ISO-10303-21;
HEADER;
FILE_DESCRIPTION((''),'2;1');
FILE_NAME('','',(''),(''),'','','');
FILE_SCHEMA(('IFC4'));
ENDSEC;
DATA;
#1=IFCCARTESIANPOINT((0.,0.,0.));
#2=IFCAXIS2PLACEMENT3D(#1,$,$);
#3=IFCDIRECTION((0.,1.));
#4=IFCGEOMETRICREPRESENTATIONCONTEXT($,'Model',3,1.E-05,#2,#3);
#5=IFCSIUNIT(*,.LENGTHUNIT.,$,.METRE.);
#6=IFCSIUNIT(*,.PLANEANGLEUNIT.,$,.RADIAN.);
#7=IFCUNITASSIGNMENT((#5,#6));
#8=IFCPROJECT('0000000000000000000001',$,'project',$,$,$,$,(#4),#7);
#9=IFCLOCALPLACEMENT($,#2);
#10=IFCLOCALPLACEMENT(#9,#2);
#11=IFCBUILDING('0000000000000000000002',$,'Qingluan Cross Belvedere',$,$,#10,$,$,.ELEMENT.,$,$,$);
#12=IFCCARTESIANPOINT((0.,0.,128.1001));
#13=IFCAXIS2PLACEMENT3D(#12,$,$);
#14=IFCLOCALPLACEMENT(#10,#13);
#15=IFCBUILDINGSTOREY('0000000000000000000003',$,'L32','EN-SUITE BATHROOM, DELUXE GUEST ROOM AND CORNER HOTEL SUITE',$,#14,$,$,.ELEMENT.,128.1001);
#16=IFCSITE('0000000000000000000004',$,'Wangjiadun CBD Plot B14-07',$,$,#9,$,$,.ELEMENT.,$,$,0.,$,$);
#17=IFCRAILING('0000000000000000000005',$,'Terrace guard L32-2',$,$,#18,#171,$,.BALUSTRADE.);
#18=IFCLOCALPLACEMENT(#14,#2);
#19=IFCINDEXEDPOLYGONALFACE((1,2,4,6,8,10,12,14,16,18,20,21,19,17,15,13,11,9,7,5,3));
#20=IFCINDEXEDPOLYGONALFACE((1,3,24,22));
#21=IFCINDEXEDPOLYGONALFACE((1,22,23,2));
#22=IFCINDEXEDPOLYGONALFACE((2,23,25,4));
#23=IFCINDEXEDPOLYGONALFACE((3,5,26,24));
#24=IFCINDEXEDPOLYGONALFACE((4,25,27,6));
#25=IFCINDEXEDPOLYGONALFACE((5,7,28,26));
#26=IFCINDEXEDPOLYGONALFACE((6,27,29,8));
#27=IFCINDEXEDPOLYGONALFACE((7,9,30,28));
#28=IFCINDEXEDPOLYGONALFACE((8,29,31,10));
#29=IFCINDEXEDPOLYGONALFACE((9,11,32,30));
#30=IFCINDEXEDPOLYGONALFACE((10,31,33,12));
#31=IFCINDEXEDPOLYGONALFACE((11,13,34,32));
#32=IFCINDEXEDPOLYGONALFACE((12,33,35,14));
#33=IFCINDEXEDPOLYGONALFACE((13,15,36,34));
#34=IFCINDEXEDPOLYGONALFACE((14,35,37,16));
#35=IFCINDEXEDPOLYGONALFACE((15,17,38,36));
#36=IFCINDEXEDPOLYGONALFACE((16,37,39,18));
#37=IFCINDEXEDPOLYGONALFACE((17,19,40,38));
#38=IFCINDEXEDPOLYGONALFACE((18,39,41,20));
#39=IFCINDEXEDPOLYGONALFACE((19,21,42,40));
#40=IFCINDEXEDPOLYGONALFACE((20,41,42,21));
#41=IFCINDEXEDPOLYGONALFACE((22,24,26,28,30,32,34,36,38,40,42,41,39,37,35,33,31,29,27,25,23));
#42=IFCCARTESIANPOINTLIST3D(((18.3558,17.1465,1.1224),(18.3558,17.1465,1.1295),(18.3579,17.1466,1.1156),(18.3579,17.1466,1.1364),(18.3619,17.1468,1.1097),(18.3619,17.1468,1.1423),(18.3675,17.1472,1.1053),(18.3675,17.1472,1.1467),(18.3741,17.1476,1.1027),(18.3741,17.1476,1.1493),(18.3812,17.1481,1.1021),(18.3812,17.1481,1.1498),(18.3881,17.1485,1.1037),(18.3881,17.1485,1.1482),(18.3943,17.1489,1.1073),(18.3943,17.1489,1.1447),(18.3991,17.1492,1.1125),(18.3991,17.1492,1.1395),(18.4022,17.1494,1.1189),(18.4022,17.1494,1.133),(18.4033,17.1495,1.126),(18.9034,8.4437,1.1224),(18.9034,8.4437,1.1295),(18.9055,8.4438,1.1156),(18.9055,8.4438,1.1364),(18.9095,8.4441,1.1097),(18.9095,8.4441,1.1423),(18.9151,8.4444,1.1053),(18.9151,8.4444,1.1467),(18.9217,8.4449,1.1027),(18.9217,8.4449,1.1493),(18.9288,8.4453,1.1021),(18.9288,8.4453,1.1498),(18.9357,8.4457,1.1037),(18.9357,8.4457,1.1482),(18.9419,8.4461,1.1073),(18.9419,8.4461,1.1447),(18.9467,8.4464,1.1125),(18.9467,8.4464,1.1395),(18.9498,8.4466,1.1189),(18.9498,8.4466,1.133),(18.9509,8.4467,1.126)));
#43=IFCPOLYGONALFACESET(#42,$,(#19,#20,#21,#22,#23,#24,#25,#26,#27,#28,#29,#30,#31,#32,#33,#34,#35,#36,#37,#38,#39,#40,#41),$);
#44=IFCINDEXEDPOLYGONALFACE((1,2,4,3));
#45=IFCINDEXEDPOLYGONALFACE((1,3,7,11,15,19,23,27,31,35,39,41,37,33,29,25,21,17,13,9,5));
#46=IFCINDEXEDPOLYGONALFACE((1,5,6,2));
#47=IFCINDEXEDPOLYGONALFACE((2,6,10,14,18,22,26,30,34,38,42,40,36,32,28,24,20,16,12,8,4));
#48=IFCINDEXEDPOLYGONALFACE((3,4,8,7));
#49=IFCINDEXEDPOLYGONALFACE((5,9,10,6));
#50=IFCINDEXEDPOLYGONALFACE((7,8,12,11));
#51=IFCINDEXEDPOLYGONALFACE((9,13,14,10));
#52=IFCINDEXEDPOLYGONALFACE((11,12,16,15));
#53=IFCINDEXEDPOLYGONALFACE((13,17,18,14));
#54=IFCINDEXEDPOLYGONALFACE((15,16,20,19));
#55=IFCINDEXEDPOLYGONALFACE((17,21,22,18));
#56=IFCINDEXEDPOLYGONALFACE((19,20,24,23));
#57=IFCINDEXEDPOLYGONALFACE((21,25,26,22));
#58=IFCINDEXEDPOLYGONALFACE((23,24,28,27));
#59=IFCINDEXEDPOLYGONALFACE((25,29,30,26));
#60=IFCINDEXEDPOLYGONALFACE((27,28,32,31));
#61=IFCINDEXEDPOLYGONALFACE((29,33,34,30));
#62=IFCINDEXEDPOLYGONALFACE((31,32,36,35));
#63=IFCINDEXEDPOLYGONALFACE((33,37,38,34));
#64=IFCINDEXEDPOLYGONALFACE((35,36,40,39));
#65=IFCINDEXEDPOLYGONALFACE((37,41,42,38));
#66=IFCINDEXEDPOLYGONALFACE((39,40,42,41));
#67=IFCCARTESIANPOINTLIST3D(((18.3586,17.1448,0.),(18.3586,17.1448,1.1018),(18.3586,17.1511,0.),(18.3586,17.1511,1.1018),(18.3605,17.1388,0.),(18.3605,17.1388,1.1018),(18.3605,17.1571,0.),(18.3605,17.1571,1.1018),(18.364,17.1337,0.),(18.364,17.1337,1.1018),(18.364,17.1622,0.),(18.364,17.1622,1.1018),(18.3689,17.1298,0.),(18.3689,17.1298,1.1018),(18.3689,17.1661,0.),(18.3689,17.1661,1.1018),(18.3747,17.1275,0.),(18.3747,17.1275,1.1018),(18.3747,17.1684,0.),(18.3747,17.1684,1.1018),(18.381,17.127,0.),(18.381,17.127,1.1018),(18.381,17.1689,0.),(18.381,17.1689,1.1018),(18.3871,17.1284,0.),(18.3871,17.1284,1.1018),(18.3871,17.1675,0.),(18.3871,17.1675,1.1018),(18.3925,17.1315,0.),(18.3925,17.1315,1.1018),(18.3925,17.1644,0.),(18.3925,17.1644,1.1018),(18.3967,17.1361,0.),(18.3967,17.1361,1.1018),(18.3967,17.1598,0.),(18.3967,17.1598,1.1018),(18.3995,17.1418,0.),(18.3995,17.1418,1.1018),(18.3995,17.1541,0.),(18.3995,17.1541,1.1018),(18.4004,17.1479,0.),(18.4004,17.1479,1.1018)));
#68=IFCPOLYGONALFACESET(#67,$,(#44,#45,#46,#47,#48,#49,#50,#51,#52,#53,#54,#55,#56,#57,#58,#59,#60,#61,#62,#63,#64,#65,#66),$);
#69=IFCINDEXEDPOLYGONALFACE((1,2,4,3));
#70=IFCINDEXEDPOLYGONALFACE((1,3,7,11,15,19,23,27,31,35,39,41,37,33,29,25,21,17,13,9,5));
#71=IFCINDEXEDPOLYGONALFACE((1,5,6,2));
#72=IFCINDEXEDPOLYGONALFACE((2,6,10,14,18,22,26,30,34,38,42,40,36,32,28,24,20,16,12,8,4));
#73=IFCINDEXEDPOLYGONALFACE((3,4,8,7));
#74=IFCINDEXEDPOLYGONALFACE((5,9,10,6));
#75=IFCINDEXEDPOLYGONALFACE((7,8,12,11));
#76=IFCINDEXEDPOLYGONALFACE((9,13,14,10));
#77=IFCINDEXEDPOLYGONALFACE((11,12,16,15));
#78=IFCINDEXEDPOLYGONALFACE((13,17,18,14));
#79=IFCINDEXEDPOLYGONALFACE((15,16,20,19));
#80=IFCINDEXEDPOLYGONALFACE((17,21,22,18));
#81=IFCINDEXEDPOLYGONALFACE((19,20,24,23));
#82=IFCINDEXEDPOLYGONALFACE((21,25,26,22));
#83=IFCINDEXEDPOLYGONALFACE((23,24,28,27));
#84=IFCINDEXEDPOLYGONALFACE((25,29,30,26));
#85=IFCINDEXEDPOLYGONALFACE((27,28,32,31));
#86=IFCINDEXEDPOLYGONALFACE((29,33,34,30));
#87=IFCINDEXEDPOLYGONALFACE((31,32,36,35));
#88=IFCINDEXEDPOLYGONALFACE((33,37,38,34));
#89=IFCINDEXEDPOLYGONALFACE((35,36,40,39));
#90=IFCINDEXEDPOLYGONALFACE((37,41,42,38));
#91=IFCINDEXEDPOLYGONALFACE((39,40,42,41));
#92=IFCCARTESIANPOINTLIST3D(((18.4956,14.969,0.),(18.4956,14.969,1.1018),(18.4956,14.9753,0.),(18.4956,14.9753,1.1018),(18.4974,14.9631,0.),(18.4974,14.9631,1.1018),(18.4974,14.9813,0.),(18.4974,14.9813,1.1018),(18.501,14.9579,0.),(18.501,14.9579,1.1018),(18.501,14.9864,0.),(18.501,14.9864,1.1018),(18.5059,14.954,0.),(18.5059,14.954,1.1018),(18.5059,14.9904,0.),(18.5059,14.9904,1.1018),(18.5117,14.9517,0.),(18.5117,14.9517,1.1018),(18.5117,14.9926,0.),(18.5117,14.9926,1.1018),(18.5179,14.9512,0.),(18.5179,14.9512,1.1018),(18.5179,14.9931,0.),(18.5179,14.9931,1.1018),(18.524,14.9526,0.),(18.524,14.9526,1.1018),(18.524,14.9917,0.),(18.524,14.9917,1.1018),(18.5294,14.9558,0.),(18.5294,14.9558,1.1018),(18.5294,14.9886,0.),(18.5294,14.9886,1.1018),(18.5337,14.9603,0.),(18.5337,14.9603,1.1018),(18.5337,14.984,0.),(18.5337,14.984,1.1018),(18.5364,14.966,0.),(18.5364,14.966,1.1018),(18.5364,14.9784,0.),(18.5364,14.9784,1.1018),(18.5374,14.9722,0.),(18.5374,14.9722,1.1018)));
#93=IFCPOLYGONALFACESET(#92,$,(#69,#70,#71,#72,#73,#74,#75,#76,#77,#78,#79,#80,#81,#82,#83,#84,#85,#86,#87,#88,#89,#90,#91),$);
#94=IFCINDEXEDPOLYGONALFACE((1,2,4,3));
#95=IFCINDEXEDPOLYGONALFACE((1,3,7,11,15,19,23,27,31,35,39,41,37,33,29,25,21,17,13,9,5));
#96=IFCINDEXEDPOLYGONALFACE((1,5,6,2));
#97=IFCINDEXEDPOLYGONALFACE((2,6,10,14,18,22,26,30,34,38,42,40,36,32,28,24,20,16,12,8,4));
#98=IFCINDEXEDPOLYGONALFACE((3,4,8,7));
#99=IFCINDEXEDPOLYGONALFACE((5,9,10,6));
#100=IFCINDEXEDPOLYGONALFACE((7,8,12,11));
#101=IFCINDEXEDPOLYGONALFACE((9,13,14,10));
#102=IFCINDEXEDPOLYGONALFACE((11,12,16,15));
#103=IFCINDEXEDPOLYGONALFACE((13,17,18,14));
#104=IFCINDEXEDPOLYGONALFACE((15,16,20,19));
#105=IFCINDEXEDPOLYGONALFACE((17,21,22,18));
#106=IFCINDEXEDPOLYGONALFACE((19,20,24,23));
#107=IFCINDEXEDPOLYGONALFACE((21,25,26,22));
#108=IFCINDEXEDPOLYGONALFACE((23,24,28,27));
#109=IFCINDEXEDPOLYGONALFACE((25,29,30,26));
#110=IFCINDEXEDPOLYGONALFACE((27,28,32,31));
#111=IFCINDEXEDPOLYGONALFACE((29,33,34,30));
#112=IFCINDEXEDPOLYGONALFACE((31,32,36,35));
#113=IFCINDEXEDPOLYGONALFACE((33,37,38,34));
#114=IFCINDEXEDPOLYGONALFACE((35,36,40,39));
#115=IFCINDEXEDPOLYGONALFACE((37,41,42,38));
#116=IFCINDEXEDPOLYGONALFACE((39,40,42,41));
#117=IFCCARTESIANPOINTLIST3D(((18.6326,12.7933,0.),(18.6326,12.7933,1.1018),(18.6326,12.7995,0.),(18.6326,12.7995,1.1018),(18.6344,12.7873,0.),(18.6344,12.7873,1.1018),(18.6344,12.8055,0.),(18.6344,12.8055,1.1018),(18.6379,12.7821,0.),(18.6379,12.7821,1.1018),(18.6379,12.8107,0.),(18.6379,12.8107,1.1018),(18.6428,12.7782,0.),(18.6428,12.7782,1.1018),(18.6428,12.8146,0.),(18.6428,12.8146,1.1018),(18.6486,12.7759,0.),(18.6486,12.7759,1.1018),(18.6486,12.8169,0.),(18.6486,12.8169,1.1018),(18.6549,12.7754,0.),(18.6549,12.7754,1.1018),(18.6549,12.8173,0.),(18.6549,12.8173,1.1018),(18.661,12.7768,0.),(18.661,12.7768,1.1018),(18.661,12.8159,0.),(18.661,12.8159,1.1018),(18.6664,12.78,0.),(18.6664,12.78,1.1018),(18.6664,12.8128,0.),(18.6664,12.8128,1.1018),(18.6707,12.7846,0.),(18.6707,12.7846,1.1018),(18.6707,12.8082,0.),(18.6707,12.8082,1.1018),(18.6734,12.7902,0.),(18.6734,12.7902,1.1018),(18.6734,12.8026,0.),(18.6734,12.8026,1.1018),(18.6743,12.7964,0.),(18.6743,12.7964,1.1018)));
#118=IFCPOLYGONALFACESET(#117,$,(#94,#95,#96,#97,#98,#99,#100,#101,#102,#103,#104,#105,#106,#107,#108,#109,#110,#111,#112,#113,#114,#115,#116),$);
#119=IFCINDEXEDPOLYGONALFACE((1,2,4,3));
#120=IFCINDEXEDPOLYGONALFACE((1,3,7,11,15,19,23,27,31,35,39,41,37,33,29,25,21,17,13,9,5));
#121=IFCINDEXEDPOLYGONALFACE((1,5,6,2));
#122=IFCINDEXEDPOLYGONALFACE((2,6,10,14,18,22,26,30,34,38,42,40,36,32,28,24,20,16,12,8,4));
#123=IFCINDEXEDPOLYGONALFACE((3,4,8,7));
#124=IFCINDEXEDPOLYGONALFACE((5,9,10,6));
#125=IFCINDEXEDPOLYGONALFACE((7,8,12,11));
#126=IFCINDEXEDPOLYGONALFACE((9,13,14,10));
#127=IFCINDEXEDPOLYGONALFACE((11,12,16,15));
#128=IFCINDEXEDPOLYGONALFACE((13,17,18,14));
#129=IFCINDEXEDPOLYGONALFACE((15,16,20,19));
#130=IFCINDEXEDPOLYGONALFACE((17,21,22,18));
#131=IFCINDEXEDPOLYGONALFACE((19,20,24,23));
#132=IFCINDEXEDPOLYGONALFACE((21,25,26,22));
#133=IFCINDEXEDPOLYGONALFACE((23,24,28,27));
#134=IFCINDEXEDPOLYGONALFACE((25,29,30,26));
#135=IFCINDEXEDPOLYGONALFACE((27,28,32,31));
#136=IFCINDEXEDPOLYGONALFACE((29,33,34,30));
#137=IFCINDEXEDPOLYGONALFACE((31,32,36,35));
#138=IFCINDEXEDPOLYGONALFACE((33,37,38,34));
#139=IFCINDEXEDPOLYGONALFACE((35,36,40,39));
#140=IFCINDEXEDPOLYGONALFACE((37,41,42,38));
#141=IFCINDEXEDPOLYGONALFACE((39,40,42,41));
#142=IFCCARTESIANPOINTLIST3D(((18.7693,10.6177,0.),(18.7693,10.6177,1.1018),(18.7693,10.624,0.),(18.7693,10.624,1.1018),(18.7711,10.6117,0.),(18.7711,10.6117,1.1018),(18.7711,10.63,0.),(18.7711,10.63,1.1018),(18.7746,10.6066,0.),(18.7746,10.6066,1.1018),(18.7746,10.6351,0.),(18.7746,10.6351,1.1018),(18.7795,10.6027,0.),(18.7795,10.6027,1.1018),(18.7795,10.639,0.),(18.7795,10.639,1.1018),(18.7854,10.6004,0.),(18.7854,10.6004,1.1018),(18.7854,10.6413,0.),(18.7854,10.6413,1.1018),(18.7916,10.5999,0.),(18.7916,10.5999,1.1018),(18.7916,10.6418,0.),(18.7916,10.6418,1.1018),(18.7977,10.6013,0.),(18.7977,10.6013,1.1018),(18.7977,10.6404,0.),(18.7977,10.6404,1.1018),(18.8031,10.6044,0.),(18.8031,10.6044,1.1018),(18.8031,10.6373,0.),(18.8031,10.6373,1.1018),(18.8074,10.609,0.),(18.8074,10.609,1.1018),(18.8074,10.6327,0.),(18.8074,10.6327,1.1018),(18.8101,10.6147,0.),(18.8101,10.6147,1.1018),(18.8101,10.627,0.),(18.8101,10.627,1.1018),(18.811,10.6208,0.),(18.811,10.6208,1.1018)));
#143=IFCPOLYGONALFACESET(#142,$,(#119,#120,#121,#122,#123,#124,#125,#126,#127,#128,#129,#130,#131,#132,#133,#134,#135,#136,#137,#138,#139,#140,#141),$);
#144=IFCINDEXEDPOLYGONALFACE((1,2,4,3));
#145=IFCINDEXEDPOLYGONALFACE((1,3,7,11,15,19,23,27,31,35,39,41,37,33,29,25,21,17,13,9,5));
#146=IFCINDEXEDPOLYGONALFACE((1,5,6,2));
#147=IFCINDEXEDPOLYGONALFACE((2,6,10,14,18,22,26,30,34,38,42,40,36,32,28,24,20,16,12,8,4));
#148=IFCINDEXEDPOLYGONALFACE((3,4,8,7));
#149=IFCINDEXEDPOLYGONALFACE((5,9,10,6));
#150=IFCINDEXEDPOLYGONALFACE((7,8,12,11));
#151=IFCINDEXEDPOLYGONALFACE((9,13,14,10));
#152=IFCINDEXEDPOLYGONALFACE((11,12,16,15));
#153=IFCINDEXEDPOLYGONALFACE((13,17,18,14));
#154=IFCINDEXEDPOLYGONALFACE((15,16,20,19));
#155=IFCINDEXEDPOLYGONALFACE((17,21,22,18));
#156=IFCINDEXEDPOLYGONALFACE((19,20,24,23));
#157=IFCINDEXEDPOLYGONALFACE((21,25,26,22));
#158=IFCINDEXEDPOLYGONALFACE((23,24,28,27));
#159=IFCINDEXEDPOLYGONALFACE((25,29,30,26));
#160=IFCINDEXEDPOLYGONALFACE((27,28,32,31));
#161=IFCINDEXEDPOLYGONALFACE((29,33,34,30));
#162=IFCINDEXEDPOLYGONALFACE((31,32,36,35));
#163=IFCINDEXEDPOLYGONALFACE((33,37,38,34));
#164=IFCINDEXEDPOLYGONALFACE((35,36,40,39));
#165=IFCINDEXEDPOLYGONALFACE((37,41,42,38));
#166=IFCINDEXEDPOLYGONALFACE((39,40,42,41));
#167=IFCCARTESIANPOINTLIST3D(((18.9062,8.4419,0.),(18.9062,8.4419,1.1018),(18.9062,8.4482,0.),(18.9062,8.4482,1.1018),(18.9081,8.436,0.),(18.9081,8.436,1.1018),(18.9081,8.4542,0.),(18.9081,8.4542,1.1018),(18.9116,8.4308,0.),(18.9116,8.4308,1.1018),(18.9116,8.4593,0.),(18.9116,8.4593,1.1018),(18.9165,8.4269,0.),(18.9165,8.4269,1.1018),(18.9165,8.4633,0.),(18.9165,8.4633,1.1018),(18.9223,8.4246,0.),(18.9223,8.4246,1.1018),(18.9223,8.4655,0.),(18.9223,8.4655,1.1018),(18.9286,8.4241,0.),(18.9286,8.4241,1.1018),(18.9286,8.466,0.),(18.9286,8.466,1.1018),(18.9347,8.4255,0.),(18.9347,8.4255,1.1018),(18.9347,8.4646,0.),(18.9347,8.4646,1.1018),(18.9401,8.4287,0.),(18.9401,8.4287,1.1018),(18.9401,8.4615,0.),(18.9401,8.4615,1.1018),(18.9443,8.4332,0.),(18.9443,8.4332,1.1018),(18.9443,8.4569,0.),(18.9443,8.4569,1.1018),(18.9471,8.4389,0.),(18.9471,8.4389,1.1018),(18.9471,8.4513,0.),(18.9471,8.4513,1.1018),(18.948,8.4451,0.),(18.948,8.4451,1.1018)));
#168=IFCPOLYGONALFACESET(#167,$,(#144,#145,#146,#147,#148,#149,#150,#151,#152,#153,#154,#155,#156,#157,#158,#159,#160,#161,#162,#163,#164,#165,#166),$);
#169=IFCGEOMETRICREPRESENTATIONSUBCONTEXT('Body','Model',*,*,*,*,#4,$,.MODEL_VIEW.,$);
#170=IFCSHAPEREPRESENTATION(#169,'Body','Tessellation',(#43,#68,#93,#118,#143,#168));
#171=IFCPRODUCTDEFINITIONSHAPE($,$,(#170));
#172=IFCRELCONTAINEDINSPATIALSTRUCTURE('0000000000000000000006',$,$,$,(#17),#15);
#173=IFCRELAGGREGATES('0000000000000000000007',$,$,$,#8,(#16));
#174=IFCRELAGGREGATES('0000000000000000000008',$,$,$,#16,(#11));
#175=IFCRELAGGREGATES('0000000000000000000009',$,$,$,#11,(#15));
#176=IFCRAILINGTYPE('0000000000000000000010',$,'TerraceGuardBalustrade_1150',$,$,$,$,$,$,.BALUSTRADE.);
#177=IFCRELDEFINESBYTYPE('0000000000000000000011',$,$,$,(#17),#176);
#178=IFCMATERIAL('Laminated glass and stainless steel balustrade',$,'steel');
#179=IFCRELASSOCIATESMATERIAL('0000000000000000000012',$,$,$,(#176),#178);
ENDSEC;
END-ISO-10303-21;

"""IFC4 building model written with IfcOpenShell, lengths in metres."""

from ifc_helpers import new_model, si_unit, direction, frame, origin, origin_2d, place, context, subcontext, project, spatial, circle, extrude, material, type_object, element, save


model = new_model("IFC4")

# Units and contexts
model_context = context("Model", 3, precision=1e-05, world=origin(), true_north=direction((0.0, 1.0)))
body_context = subcontext(model_context, "Body", "Model", "MODEL_VIEW")
ifc_project = project(units=[si_unit("LENGTHUNIT", "METRE"), si_unit("PLANEANGLEUNIT", "RADIAN")], contexts=[model_context])

# Site, building, storey
site_placement = place(None, origin())
site = spatial("IfcSite", under=ifc_project, at=site_placement, Name="Wangjiadun CBD Plot B14-07", CompositionType="ELEMENT", RefElevation=0.0)
building_placement = place(site_placement, origin())
building = spatial("IfcBuilding", under=site, at=building_placement, Name="Qingluan Cross Belvedere", CompositionType="ELEMENT")
storey_placement = place(building_placement, frame((0.0, 0.0, 128.1001)))
storey = spatial("IfcBuildingStorey", under=building, at=storey_placement, Name="L32", Description="EN-SUITE BATHROOM, DELUXE GUEST ROOM AND CORNER HOTEL SUITE", CompositionType="ELEMENT", Elevation=128.1001)

# Railing
ifc_material_1 = material(Name="Laminated glass and stainless steel balustrade", Category="steel")
railing_type = type_object("IfcRailingType", Name="TerraceGuardBalustrade_1150", PredefinedType="BALUSTRADE", material=ifc_material_1)
railing_1_placement = place(storey_placement, frame((18.3794, 17.1479, 0.0)))
element("IfcRailing", 1, at=railing_1_placement, inside=storey, type_object=railing_type, Name="Terrace guard L32-2", PredefinedType="BALUSTRADE", context=body_context, shape_type="SweptSolid", body=[
    extrude(circle(Radius=0.0239, at=origin_2d()), frame((0.0, 0.0, 1.126), z_axis=(0.062798, -0.998026, 0.0), x_axis=(0.998026, 0.062798, 0.0)), (0.0, 0.0, 1.0), 8.72),
    extrude(circle(Radius=0.021, at=origin_2d()), origin(), (0.0, 0.0, 1.0), 1.1018),
    extrude(circle(Radius=0.021, at=origin_2d()), frame((0.137, -2.1758, 0.0)), (0.0, 0.0, 1.0), 1.1018),
    extrude(circle(Radius=0.021, at=origin_2d()), frame((0.2739, -4.3516, 0.0)), (0.0, 0.0, 1.0), 1.1018),
    extrude(circle(Radius=0.021, at=origin_2d()), frame((0.4106, -6.5271, 0.0)), (0.0, 0.0, 1.0), 1.1018),
    extrude(circle(Radius=0.021, at=origin_2d()), frame((0.5476, -8.7029, 0.0)), (0.0, 0.0, 1.0), 1.1018),
])

save(model, "model.ifc")
